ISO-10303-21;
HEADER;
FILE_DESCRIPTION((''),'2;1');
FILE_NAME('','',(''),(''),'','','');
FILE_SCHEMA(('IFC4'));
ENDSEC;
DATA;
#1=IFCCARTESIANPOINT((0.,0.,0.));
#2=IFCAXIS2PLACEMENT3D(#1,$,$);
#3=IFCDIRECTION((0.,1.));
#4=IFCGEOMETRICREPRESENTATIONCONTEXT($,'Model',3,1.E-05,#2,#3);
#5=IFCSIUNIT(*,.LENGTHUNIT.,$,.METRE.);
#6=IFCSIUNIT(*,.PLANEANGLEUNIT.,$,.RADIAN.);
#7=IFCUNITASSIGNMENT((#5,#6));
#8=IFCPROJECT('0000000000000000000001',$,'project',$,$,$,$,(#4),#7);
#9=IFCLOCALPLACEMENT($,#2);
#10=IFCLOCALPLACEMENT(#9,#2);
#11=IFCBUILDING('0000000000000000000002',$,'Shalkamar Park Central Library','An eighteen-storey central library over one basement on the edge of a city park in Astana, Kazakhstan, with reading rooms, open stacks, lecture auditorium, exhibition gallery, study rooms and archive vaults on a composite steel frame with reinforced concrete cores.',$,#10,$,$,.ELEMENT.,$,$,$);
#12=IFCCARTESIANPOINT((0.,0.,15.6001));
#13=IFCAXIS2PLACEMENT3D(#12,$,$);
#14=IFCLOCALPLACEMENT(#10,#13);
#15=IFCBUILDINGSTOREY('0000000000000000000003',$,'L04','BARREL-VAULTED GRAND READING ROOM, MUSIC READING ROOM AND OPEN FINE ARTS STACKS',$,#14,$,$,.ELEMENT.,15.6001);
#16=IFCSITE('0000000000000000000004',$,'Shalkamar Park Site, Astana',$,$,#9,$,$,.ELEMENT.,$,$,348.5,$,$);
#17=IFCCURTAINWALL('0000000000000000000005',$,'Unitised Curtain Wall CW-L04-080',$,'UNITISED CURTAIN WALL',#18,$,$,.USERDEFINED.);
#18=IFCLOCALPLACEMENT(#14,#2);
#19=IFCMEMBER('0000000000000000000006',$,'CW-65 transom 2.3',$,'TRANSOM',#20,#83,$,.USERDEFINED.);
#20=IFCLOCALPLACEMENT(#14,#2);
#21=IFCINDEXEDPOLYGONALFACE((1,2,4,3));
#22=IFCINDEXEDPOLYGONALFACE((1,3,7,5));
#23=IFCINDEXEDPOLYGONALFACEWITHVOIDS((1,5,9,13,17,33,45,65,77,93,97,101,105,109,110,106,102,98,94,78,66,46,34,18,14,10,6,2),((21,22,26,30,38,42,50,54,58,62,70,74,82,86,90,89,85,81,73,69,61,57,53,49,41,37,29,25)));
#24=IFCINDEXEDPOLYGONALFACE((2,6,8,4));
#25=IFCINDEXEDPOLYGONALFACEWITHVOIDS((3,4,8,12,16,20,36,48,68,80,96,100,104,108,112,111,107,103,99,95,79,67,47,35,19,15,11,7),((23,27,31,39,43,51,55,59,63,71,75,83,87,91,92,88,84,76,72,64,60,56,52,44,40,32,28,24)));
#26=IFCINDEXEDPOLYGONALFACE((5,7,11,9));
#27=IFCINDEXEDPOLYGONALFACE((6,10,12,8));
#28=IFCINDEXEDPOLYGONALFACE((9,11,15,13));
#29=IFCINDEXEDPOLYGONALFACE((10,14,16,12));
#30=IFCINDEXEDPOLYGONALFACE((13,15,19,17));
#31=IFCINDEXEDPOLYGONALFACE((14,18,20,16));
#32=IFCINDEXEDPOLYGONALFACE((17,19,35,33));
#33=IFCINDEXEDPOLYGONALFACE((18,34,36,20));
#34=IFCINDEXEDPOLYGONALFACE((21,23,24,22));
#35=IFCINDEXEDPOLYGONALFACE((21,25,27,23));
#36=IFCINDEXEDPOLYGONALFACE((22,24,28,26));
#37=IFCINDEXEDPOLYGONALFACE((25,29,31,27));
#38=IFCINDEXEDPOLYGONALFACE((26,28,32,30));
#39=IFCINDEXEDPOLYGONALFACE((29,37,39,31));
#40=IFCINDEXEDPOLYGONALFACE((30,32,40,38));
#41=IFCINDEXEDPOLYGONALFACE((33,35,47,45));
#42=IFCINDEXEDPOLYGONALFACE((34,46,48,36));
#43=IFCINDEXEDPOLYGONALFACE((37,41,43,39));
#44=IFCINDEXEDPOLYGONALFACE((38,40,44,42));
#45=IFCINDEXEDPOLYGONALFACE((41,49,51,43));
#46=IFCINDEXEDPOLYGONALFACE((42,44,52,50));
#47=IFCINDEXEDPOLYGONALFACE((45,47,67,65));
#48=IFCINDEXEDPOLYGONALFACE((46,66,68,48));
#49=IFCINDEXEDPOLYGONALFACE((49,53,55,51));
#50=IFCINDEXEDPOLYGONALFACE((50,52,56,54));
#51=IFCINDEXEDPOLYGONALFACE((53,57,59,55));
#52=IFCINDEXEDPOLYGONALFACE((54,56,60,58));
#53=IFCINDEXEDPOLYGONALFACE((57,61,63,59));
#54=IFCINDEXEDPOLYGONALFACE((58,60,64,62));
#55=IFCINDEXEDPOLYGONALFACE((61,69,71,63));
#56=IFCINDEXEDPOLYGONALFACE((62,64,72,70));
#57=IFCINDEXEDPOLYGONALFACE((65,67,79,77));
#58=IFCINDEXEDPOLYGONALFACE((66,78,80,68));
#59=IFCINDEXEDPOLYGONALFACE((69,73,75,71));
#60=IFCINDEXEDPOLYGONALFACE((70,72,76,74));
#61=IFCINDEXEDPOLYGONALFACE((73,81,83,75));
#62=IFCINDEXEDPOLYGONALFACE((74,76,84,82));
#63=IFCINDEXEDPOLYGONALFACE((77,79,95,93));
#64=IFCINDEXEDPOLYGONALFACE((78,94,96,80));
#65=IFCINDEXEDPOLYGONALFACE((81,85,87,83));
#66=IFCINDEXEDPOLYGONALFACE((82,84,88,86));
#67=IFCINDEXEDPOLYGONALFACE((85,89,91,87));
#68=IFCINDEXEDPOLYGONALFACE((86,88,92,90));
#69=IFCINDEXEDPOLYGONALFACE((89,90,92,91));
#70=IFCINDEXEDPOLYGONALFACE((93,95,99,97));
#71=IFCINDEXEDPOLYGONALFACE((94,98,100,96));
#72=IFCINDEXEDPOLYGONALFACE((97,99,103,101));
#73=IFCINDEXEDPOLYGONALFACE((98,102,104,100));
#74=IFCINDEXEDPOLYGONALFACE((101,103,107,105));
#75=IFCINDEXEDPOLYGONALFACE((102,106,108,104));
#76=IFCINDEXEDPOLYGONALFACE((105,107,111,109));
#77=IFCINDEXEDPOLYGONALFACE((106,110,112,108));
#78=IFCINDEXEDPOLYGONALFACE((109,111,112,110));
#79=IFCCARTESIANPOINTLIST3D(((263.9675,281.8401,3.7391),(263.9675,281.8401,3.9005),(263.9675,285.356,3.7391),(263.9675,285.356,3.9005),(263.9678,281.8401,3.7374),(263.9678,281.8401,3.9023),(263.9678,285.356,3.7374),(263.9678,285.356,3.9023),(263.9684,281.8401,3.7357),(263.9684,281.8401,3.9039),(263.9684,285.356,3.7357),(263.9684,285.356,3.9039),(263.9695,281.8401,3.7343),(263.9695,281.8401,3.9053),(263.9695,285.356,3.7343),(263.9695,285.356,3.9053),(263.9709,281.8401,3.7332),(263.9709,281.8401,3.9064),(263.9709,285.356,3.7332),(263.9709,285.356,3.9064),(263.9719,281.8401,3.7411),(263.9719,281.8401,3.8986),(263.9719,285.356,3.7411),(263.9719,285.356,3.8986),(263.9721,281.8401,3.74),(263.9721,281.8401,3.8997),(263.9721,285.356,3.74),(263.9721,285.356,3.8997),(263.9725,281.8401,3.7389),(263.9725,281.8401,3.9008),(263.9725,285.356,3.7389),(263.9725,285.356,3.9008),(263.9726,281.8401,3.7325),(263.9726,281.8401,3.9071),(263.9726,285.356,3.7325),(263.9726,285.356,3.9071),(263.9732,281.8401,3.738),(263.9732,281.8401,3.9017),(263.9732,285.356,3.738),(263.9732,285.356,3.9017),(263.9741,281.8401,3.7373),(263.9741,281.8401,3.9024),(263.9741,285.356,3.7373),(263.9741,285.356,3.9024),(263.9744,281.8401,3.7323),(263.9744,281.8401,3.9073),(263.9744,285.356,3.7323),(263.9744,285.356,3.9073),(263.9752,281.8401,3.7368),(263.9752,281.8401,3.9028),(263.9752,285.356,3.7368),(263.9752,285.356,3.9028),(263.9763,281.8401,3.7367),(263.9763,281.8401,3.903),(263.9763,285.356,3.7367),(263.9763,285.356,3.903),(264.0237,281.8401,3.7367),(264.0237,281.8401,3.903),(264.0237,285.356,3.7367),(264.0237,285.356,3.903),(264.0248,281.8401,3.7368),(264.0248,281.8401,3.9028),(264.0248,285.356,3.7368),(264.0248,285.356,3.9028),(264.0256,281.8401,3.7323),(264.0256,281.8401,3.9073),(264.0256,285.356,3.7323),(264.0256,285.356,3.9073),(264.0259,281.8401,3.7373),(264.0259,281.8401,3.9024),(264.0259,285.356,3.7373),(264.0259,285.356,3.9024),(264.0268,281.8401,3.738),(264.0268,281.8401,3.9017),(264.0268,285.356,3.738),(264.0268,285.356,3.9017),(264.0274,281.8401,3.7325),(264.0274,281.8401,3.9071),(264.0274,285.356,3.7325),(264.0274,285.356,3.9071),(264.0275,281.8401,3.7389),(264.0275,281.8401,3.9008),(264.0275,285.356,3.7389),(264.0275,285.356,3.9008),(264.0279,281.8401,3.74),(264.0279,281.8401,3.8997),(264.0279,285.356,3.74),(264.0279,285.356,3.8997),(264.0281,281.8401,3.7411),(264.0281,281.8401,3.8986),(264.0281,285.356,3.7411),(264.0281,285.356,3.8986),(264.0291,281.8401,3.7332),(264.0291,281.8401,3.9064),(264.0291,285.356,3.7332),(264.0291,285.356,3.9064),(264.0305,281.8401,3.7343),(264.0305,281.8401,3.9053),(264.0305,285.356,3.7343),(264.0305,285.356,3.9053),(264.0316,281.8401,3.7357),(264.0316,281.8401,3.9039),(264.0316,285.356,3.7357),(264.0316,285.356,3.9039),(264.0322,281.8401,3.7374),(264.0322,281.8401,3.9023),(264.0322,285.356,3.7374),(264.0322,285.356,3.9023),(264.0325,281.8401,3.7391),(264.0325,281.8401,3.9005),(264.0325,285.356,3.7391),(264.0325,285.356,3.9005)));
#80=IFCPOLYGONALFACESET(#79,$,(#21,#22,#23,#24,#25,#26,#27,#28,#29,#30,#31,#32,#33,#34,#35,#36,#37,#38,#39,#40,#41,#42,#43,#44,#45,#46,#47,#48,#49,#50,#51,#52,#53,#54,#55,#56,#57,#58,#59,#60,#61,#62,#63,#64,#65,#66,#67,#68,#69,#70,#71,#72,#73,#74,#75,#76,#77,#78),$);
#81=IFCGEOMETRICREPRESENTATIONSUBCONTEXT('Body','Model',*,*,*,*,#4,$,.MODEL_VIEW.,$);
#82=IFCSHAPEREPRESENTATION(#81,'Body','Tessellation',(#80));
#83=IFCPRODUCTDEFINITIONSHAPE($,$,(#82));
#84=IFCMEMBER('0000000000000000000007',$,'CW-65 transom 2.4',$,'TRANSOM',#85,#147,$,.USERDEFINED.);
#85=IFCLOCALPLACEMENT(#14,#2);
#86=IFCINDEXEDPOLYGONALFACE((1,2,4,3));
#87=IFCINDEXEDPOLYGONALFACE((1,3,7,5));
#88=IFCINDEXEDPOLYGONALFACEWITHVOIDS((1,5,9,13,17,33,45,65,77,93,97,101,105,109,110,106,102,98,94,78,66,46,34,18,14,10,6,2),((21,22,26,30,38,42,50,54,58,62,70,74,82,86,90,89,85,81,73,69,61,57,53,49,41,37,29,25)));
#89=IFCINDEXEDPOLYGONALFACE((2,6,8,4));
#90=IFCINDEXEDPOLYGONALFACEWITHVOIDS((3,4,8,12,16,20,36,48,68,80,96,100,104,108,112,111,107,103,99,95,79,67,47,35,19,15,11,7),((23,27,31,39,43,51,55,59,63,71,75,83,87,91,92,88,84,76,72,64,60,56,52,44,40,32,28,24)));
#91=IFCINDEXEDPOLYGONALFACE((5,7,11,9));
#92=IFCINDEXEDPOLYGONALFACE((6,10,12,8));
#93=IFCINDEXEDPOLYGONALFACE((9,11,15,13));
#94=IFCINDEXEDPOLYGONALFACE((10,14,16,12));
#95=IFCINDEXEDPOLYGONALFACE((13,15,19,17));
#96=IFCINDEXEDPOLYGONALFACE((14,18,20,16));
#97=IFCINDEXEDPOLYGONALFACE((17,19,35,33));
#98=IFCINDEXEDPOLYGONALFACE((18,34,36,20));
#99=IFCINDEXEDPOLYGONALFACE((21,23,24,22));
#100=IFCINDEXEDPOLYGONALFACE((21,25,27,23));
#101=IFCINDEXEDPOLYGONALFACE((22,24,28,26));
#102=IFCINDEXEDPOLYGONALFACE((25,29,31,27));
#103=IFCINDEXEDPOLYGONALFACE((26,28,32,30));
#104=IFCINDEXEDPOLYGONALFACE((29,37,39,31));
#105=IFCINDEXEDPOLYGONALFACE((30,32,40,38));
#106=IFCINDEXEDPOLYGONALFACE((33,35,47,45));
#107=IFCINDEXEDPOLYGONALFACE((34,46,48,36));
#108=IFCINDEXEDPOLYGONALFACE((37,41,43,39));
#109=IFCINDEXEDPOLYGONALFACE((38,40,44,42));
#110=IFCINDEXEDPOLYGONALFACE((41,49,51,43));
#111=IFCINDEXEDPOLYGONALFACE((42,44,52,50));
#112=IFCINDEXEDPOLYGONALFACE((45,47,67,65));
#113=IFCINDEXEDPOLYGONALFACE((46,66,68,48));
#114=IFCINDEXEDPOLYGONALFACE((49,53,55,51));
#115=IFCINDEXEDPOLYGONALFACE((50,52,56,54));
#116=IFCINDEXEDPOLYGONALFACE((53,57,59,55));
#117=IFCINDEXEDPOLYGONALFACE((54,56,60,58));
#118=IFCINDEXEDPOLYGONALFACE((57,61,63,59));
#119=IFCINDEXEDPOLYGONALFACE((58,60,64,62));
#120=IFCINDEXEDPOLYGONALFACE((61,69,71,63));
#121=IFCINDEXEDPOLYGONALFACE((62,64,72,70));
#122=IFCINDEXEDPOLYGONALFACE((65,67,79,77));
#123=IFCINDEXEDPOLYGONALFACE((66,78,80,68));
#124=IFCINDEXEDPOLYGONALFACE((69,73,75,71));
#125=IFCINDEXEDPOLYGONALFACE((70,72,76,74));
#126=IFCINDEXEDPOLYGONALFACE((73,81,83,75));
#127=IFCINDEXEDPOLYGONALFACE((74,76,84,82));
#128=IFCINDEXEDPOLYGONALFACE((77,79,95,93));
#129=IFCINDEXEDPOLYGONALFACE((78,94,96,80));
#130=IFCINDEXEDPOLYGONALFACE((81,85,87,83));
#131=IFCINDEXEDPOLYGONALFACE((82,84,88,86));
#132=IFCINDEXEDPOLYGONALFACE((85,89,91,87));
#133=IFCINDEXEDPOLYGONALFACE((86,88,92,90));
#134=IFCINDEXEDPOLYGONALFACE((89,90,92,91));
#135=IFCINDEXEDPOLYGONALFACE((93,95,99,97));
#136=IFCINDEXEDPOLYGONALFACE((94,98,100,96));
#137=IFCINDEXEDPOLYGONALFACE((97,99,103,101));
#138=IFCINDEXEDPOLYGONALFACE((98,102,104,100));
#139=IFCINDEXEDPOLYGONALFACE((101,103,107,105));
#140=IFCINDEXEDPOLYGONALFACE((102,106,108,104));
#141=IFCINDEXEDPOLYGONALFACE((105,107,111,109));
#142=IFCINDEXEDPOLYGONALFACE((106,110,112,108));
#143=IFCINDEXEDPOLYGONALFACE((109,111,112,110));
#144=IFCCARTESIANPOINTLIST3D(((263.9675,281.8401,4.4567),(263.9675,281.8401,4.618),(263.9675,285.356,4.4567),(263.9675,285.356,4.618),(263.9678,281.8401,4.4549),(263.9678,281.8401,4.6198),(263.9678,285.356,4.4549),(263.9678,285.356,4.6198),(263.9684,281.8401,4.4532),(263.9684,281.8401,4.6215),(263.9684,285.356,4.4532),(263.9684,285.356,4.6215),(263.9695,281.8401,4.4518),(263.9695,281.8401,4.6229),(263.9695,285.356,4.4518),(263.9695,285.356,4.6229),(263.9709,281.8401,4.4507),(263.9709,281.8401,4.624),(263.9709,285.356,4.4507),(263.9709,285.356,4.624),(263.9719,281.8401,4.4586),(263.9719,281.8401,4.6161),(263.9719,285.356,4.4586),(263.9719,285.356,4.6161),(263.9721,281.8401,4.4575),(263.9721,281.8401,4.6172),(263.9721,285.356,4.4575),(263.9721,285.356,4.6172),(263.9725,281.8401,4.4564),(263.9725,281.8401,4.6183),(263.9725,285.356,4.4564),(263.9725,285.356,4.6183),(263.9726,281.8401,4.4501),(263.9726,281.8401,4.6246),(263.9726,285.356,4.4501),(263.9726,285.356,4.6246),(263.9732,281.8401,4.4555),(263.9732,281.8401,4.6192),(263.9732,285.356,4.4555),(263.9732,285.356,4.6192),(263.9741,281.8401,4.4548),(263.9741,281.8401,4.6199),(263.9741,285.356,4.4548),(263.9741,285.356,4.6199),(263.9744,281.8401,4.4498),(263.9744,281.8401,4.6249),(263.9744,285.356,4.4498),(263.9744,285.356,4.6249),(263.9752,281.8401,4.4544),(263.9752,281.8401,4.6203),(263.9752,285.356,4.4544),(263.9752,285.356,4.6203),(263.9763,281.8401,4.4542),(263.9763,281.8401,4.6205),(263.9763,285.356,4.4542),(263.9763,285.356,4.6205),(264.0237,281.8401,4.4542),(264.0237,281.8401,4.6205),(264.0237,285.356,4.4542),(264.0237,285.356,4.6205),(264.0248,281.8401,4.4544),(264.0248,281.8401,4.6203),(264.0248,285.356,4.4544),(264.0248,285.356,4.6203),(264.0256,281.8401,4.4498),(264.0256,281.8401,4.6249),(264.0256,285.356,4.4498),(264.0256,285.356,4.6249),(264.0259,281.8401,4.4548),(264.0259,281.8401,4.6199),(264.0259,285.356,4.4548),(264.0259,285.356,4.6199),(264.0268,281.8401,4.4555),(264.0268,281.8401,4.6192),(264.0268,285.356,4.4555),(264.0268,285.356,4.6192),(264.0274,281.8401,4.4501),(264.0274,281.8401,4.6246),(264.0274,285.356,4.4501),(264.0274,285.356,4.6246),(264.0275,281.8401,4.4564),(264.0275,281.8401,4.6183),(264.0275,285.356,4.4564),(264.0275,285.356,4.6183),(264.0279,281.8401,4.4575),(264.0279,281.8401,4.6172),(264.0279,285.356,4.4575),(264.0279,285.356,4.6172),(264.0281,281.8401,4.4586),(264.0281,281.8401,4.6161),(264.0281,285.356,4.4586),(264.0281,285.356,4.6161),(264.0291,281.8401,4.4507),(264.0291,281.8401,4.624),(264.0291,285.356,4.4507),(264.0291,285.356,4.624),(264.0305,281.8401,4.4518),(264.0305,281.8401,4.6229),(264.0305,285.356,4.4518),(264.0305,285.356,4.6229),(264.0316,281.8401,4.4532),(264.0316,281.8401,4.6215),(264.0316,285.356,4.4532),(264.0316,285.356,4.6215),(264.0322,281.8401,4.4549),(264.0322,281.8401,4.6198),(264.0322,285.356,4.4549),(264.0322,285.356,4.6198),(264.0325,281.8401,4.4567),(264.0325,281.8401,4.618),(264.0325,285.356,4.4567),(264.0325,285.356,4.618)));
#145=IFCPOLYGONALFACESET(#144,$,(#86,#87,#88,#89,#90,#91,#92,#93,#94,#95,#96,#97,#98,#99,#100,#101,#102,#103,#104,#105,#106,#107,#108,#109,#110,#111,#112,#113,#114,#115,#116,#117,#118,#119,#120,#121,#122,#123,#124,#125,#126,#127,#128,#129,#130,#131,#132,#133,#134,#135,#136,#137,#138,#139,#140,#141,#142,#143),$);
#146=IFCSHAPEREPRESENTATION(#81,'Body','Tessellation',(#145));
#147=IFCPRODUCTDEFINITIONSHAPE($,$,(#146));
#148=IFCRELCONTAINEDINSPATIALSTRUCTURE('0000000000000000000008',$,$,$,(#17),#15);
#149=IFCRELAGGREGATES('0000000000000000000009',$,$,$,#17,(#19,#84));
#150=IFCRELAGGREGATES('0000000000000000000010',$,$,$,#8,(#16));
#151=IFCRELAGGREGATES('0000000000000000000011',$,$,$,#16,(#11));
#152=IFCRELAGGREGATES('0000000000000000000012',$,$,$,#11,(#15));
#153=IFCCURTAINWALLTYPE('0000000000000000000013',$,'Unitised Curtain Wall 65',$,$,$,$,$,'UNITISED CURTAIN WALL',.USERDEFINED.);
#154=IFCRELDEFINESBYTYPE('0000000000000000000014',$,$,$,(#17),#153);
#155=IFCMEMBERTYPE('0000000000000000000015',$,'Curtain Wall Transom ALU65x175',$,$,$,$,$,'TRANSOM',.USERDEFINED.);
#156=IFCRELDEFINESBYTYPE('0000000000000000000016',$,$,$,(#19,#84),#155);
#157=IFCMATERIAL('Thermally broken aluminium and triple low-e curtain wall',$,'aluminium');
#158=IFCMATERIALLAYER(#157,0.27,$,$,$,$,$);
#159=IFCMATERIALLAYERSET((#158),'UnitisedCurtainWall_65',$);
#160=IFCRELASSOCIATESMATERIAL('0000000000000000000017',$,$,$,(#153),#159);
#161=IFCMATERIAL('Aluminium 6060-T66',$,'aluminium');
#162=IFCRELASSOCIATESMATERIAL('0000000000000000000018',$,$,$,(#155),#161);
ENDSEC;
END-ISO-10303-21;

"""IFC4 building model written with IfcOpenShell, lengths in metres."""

from ifc_helpers import new_model, si_unit, direction, frame, origin, origin_2d, place, context, subcontext, project, spatial, hollow_rectangle, extrude, material, layer, layer_set, material_profile, profile_set, type_object, element, aggregate, save


model = new_model("IFC4")

# Units and contexts
model_context = context("Model", 3, precision=1e-05, world=origin(), true_north=direction((0.0, 1.0)))
body_context = subcontext(model_context, "Body", "Model", "MODEL_VIEW")
ifc_project = project(units=[si_unit("LENGTHUNIT", "METRE"), si_unit("PLANEANGLEUNIT", "RADIAN")], contexts=[model_context])

# Site, building, storey
site_placement = place(None, origin())
site = spatial("IfcSite", under=ifc_project, at=site_placement, Name="Shalkamar Park Site, Astana", CompositionType="ELEMENT", RefElevation=348.5)
building_placement = place(site_placement, origin())
building = spatial("IfcBuilding", under=site, at=building_placement, Name="Shalkamar Park Central Library", Description="An eighteen-storey central library over one basement on the edge of a city park in Astana, Kazakhstan, with reading rooms, open stacks, lecture auditorium, exhibition gallery, study rooms and archive vaults on a composite steel frame with reinforced concrete cores.", CompositionType="ELEMENT")
storey_placement = place(building_placement, frame((0.0, 0.0, 15.6001)))
storey = spatial("IfcBuildingStorey", under=building, at=storey_placement, Name="L04", Description="BARREL-VAULTED GRAND READING ROOM, MUSIC READING ROOM AND OPEN FINE ARTS STACKS", CompositionType="ELEMENT", Elevation=15.6001)

# Curtain wall, members
ifc_material_1 = material(Name="Thermally broken aluminium and triple low-e curtain wall", Category="aluminium")
ifc_layer_1 = layer(ifc_material_1, 0.27)
ifc_layer_set_1 = layer_set([ifc_layer_1], Name="UnitisedCurtainWall_65")
curtain_wall_type = type_object("IfcCurtainWallType", Name="Unitised Curtain Wall 65", ElementType="UNITISED CURTAIN WALL", PredefinedType="USERDEFINED", material=ifc_layer_set_1)
curtain_wall_placement = place(storey_placement, origin())
curtain_wall = element("IfcCurtainWall", 1, at=curtain_wall_placement, inside=storey, type_object=curtain_wall_type, Name="Unitised Curtain Wall CW-L04-080", ObjectType="UNITISED CURTAIN WALL", PredefinedType="USERDEFINED")
ifc_material_2 = material(Name="Aluminium 6060-T66", Category="aluminium")
ifc_material_profile_1 = material_profile(ifc_material_2, hollow_rectangle(XDim=0.0649, YDim=0.175, WallThickness=0.0044, InnerFilletRadius=0.0044, OuterFilletRadius=0.0068, at=origin_2d()), Name="ALU 65x175x4.5")
ifc_profile_set_1 = profile_set([ifc_material_profile_1], Name="Aluminium 6060-T66")
member_type_1 = type_object("IfcMemberType", Name="Curtain Wall Transom ALU65x175", ElementType="TRANSOM", PredefinedType="USERDEFINED", material=ifc_profile_set_1)
member_1_placement = place(storey_placement, frame((264.0, 281.8401, 3.8198), z_axis=(0.0, 1.0, 0.0), x_axis=(-1.0, 0.0, 0.0)))
member_1 = element("IfcMember", 2, at=member_1_placement, type_object=member_type_1, Name="CW-65 transom 2.3", ObjectType="TRANSOM", PredefinedType="USERDEFINED", context=body_context, shape_type="SweptSolid", body=[
    extrude(hollow_rectangle(XDim=0.0649, YDim=0.175, WallThickness=0.0044, InnerFilletRadius=0.0044, OuterFilletRadius=0.0068, at=origin_2d()), origin(), (0.0, 0.0, 1.0), 3.5159),
])
member_2_placement = place(storey_placement, frame((264.0, 281.8401, 4.5374), z_axis=(0.0, 1.0, 0.0), x_axis=(-1.0, 0.0, 0.0)))
member_2 = element("IfcMember", 3, at=member_2_placement, type_object=member_type_1, Name="CW-65 transom 2.4", ObjectType="TRANSOM", PredefinedType="USERDEFINED", context=body_context, shape_type="SweptSolid", body=[
    extrude(hollow_rectangle(XDim=0.0649, YDim=0.175, WallThickness=0.0044, InnerFilletRadius=0.0044, OuterFilletRadius=0.0068, at=origin_2d()), origin(), (0.0, 0.0, 1.0), 3.5159),
])

aggregate(curtain_wall, [member_1, member_2])

save(model, "model.ifc")
